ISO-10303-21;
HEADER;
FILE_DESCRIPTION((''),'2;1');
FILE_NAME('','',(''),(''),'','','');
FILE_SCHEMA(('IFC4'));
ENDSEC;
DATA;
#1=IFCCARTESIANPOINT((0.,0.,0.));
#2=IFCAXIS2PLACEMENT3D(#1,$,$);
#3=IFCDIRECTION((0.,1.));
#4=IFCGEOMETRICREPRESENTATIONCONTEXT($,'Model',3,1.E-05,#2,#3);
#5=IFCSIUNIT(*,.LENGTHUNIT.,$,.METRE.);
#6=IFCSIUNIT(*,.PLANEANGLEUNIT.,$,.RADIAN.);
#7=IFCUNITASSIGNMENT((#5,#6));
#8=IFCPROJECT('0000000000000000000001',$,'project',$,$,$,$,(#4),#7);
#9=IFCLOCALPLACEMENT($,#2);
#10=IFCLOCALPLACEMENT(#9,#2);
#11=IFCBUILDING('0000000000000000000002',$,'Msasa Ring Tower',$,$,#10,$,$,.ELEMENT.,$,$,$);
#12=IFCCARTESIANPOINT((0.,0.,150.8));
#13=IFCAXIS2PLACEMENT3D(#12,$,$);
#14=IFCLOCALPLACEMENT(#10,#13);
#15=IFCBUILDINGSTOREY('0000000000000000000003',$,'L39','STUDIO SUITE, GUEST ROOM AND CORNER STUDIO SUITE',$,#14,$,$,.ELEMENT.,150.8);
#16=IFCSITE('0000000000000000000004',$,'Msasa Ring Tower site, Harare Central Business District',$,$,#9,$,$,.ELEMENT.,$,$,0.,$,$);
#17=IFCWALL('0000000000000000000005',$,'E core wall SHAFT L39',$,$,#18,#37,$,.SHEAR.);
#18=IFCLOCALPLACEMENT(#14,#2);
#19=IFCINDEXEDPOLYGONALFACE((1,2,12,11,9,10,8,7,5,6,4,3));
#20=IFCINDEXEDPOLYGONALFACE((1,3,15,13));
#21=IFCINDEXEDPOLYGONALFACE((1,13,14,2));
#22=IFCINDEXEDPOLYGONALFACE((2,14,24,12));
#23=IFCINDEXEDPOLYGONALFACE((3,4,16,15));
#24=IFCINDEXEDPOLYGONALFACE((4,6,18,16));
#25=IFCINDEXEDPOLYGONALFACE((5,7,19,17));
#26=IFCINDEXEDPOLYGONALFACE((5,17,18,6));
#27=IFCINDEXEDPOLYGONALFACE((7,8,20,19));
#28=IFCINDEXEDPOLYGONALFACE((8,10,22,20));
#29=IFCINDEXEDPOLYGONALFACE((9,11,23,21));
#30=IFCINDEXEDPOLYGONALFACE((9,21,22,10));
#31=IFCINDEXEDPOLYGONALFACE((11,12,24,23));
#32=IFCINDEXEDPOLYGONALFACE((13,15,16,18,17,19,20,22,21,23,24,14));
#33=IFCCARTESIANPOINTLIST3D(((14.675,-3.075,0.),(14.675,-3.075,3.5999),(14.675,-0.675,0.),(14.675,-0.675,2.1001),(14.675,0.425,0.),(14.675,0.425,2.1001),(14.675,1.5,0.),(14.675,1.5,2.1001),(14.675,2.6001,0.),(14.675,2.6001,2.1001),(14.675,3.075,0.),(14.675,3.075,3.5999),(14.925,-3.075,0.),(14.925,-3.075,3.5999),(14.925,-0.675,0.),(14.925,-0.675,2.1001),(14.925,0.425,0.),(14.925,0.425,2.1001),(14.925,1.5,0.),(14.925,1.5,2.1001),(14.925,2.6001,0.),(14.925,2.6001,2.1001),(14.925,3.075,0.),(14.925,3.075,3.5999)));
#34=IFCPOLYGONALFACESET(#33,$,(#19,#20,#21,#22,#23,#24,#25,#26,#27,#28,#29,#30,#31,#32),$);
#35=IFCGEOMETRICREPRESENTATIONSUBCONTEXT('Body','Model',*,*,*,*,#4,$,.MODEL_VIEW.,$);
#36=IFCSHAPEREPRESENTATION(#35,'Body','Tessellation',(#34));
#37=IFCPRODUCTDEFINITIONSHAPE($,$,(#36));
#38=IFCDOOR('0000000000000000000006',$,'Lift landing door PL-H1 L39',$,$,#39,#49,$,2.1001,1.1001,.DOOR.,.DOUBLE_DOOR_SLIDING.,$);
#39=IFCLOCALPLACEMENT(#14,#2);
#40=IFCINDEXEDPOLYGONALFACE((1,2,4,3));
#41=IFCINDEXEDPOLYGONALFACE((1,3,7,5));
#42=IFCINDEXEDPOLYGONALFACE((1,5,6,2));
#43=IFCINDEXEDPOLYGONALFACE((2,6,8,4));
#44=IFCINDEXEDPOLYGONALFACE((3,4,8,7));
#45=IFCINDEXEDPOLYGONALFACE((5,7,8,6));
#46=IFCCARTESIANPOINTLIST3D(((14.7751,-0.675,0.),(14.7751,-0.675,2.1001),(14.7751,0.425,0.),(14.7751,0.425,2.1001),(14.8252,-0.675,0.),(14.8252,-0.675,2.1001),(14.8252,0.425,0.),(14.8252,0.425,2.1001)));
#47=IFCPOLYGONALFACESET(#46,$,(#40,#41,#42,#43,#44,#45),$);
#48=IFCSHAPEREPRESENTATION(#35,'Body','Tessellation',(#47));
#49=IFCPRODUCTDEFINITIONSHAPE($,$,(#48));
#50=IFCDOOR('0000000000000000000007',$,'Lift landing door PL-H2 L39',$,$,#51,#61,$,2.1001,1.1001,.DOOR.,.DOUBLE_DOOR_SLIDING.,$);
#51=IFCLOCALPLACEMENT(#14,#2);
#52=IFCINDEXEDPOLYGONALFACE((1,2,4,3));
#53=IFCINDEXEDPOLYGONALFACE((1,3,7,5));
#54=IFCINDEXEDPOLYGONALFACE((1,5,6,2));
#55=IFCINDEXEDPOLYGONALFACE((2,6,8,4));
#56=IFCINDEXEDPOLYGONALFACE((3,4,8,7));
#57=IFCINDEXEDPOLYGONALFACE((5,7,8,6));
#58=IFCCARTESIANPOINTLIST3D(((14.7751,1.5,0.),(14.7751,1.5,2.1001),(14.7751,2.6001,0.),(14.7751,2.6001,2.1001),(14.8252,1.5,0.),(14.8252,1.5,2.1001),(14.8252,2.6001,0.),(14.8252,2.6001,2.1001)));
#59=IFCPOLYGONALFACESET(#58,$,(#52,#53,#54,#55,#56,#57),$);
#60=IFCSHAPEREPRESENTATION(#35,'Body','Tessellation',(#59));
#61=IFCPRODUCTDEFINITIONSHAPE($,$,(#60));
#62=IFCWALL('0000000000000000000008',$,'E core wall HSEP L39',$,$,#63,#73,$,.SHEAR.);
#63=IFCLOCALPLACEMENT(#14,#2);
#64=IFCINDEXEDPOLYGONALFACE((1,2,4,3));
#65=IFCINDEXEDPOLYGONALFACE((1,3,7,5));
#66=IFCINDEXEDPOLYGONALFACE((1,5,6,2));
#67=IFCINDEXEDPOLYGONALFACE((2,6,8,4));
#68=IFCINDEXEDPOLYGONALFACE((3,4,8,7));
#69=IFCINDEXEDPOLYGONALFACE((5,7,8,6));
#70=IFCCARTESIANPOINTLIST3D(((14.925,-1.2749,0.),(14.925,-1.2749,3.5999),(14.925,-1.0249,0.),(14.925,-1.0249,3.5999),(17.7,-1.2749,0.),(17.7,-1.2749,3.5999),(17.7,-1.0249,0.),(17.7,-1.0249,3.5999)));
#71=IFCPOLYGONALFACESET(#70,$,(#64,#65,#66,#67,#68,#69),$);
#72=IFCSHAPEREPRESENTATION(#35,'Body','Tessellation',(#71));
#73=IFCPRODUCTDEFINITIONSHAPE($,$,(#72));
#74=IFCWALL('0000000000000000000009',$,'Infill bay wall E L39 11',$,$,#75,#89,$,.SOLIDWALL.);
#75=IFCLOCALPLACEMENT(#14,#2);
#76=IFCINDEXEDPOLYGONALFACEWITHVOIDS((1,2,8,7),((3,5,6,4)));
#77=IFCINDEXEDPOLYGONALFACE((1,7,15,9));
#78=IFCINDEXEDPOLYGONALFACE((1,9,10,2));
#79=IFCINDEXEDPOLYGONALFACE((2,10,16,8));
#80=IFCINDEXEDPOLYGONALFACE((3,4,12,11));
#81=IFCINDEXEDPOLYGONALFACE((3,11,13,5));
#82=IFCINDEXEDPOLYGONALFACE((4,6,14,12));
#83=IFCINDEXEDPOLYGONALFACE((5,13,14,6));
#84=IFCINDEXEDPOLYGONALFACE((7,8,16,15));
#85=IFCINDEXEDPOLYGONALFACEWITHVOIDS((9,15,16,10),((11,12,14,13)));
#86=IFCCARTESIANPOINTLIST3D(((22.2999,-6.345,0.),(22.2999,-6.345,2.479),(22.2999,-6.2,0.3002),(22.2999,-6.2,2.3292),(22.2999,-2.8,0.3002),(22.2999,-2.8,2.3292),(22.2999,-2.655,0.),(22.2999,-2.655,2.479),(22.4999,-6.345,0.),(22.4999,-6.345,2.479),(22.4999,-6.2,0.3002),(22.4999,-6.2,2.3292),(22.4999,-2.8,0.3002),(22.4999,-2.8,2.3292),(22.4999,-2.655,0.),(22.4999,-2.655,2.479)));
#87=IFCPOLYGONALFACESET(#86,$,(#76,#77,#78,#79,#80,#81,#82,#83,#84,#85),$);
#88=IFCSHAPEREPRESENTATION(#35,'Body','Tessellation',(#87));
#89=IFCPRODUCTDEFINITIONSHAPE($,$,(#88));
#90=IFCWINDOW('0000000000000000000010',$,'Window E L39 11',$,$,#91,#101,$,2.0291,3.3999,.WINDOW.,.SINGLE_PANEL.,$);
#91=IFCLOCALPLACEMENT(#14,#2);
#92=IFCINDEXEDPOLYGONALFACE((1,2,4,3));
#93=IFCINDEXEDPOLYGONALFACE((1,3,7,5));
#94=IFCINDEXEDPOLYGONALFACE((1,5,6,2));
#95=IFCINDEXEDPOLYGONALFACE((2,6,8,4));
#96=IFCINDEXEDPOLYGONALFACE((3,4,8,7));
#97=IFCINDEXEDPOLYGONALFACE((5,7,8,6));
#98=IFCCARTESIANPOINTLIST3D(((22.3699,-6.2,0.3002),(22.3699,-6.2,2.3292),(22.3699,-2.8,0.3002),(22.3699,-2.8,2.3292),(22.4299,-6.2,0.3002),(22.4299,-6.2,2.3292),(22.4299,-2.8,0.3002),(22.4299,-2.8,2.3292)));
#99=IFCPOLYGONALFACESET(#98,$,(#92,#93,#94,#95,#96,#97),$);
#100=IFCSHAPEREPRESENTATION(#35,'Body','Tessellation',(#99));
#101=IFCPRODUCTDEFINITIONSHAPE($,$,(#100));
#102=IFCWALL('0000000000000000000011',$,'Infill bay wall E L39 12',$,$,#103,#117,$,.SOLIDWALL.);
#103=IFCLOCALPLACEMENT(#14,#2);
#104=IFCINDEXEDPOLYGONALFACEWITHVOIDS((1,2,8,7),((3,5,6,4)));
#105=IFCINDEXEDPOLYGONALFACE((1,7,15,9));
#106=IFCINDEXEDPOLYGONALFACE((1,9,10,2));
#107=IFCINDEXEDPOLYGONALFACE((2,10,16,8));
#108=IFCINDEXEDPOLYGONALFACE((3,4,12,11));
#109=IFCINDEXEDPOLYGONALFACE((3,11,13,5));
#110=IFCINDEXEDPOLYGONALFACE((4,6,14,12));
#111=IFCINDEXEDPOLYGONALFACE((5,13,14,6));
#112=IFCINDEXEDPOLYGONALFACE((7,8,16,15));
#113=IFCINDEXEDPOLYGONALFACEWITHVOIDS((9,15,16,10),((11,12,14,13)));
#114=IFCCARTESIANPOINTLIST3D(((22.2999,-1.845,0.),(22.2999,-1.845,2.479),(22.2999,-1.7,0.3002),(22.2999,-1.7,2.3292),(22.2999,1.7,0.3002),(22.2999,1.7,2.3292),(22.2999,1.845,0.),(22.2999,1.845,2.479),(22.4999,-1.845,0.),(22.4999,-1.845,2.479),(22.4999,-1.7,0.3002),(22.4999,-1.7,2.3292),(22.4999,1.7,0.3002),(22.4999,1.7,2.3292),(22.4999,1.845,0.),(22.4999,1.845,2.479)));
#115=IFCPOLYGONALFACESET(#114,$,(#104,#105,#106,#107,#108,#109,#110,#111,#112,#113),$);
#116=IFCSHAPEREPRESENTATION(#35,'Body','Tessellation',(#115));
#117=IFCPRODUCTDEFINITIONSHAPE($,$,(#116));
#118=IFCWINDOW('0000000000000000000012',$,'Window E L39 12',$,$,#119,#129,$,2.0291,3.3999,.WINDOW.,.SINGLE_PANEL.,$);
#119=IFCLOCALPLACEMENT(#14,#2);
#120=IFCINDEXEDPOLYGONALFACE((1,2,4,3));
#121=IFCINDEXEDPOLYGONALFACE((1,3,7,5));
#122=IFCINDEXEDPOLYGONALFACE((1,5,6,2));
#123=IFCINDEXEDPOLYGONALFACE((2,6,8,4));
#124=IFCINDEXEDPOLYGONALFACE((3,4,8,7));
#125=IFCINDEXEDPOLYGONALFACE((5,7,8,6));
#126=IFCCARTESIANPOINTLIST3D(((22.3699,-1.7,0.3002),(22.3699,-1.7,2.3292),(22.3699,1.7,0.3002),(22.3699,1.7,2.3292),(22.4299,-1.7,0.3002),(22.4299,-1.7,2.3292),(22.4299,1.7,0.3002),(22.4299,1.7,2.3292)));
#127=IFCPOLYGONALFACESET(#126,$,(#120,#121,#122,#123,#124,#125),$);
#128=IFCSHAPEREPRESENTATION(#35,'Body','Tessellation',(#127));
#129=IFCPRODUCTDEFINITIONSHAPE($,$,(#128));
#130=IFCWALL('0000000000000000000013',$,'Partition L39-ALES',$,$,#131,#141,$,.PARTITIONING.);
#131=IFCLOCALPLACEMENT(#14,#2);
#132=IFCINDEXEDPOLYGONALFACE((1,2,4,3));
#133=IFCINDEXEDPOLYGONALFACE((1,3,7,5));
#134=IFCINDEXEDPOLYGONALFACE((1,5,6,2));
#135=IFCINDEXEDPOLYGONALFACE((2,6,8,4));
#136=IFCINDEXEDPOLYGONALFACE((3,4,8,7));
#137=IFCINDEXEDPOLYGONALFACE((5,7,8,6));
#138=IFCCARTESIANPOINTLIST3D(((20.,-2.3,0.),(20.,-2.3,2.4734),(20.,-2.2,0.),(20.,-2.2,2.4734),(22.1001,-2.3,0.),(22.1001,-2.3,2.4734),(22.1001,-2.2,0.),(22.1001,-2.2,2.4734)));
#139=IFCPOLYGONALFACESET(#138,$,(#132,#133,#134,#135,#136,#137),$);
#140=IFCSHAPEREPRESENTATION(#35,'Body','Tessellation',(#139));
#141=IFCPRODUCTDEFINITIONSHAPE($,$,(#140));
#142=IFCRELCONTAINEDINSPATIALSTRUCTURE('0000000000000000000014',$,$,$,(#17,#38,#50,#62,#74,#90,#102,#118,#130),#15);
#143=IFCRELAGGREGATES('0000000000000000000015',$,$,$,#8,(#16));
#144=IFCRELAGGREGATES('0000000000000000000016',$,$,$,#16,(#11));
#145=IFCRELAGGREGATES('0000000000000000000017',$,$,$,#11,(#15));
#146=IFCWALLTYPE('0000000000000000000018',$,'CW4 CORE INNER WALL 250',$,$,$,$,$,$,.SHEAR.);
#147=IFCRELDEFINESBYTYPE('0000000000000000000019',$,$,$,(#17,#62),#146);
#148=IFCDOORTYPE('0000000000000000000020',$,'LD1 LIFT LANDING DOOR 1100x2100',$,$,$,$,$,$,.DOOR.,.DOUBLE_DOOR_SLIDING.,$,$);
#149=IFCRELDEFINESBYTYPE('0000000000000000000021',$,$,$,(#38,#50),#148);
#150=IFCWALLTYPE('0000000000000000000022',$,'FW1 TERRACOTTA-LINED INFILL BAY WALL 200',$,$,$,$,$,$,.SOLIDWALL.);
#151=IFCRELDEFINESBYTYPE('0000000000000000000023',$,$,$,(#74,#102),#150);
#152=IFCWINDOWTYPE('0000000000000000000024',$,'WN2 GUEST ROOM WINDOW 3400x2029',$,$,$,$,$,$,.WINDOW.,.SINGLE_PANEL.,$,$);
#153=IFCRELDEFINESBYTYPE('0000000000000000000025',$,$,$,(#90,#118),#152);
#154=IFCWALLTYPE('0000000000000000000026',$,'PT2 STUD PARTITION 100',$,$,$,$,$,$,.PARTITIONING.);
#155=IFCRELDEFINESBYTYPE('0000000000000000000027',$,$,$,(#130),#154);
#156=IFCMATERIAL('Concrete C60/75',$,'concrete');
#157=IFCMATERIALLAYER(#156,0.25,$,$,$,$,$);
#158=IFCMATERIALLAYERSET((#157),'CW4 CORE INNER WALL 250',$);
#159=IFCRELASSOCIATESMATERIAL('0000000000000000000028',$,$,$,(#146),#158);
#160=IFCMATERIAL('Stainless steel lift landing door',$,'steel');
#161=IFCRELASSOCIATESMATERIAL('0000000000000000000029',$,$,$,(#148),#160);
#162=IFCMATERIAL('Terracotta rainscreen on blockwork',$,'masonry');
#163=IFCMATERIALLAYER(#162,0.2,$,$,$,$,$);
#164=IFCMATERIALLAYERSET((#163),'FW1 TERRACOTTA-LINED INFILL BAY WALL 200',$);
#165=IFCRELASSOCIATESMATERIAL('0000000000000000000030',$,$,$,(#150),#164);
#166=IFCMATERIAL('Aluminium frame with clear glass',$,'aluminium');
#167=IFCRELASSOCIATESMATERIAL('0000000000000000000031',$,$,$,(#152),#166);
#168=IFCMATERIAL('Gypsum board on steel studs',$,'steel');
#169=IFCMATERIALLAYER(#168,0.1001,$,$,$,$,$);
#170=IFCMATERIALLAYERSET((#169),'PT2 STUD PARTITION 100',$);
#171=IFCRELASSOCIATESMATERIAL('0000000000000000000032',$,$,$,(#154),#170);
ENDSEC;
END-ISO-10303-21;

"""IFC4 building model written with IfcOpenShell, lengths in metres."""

from ifc_helpers import new_model, si_unit, direction, frame, frame_2d, origin, place, context, subcontext, project, spatial, rectangle, extrude, material, layer, layer_set, type_object, element, fill, save


model = new_model("IFC4")

# Units and contexts
model_context = context("Model", 3, precision=1e-05, world=origin(), true_north=direction((0.0, 1.0)))
body_context = subcontext(model_context, "Body", "Model", "MODEL_VIEW")
ifc_project = project(units=[si_unit("LENGTHUNIT", "METRE"), si_unit("PLANEANGLEUNIT", "RADIAN")], contexts=[model_context])

# Site, building, storey
site_placement = place(None, origin())
site = spatial("IfcSite", under=ifc_project, at=site_placement, Name="Msasa Ring Tower site, Harare Central Business District", CompositionType="ELEMENT", RefElevation=0.0)
building_placement = place(site_placement, origin())
building = spatial("IfcBuilding", under=site, at=building_placement, Name="Msasa Ring Tower", CompositionType="ELEMENT")
storey_placement = place(building_placement, frame((0.0, 0.0, 150.8)))
storey = spatial("IfcBuildingStorey", under=building, at=storey_placement, Name="L39", Description="STUDIO SUITE, GUEST ROOM AND CORNER STUDIO SUITE", CompositionType="ELEMENT", Elevation=150.8)

# Shared definitions
ifc_material_1 = material(Name="Concrete C60/75", Category="concrete")
ifc_layer_1 = layer(ifc_material_1, 0.25)
ifc_layer_set_1 = layer_set([ifc_layer_1], Name="CW4 CORE INNER WALL 250")
wall_type_1 = type_object("IfcWallType", Name="CW4 CORE INNER WALL 250", PredefinedType="SHEAR", material=ifc_layer_set_1)

# Wall, openings, doors
wall_1_placement = place(storey_placement, frame((14.8, -3.075, 0.0), z_axis=(0.0, 0.0, 1.0), x_axis=(0.0, 1.0, 0.0)))
wall_1 = element("IfcWall", 1, at=wall_1_placement, inside=storey, type_object=wall_type_1, Name="E core wall SHAFT L39", PredefinedType="SHEAR", context=body_context, shape_type="SweptSolid", body=[
    extrude(rectangle(XDim=6.1499, YDim=0.25, at=frame_2d((3.075, 0.0))), origin(), (0.0, 0.0, 1.0), 3.5999),
])
opening_1_placement = place(wall_1_placement, frame((2.3999, 0.0, 0.0)))
opening_1 = element("IfcOpeningElement", 2, at=opening_1_placement, cuts=wall_1, PredefinedType="OPENING", context=body_context, shape_type="SweptSolid", body=[
    extrude(rectangle(XDim=1.1001, YDim=2.1001, at=frame_2d((0.55, 1.05))), frame((0.0, 0.135, 0.0), z_axis=(0.0, -1.0, 0.0), x_axis=(1.0, 0.0, 0.0)), (0.0, 0.0, 1.0), 0.27),
])
opening_2_placement = place(wall_1_placement, frame((4.575, 0.0, 0.0)))
opening_2 = element("IfcOpeningElement", 3, at=opening_2_placement, cuts=wall_1, PredefinedType="OPENING", context=body_context, shape_type="SweptSolid", body=[
    extrude(rectangle(XDim=1.1001, YDim=2.1001, at=frame_2d((0.55, 1.05))), frame((0.0, 0.135, 0.0), z_axis=(0.0, -1.0, 0.0), x_axis=(1.0, 0.0, 0.0)), (0.0, 0.0, 1.0), 0.27),
])
ifc_material_2 = material(Name="Stainless steel lift landing door", Category="steel")
door_type = type_object("IfcDoorType", Name="LD1 LIFT LANDING DOOR 1100x2100", OperationType="DOUBLE_DOOR_SLIDING", PredefinedType="DOOR", material=ifc_material_2)
door_1_placement = place(opening_1_placement, origin())
door_1 = element("IfcDoor", 4, at=door_1_placement, inside=storey, type_object=door_type, Name="Lift landing door PL-H1 L39", OperationType="DOUBLE_DOOR_SLIDING", OverallHeight=2.1001, OverallWidth=1.1001, PredefinedType="DOOR", context=body_context, shape_type="SweptSolid", body=[
    extrude(rectangle(XDim=1.1001, YDim=2.1001, at=frame_2d((0.55, 1.05))), frame((0.0, 0.0249, 0.0), z_axis=(0.0, -1.0, 0.0), x_axis=(1.0, 0.0, 0.0)), (0.0, 0.0, 1.0), 0.05),
])
fill(opening_1, door_1)
door_2_placement = place(opening_2_placement, origin())
door_2 = element("IfcDoor", 5, at=door_2_placement, inside=storey, type_object=door_type, Name="Lift landing door PL-H2 L39", OperationType="DOUBLE_DOOR_SLIDING", OverallHeight=2.1001, OverallWidth=1.1001, PredefinedType="DOOR", context=body_context, shape_type="SweptSolid", body=[
    extrude(rectangle(XDim=1.1001, YDim=2.1001, at=frame_2d((0.55, 1.05))), frame((0.0, 0.0249, 0.0), z_axis=(0.0, -1.0, 0.0), x_axis=(1.0, 0.0, 0.0)), (0.0, 0.0, 1.0), 0.05),
])
fill(opening_2, door_2)

# Wall
wall_2_placement = place(storey_placement, frame((14.925, -1.1499, 0.0), z_axis=(0.0, 0.0, 1.0), x_axis=(1.0, 0.0, 0.0)))
element("IfcWall", 6, at=wall_2_placement, inside=storey, type_object=wall_type_1, Name="E core wall HSEP L39", PredefinedType="SHEAR", context=body_context, shape_type="SweptSolid", body=[
    extrude(rectangle(XDim=2.7749, YDim=0.25, at=frame_2d((1.3875, 0.0))), origin(), (0.0, 0.0, 1.0), 3.5999),
])

# Walls, openings, windows
ifc_material_3 = material(Name="Terracotta rainscreen on blockwork", Category="masonry")
ifc_layer_2 = layer(ifc_material_3, 0.2)
ifc_layer_set_2 = layer_set([ifc_layer_2], Name="FW1 TERRACOTTA-LINED INFILL BAY WALL 200")
wall_type_2 = type_object("IfcWallType", Name="FW1 TERRACOTTA-LINED INFILL BAY WALL 200", PredefinedType="SOLIDWALL", material=ifc_layer_set_2)
wall_3_placement = place(storey_placement, frame((22.3999, -6.345, 0.0), z_axis=(0.0, 0.0, 1.0), x_axis=(0.0, 1.0, 0.0)))
wall_3 = element("IfcWall", 7, at=wall_3_placement, inside=storey, type_object=wall_type_2, Name="Infill bay wall E L39 11", PredefinedType="SOLIDWALL", context=body_context, shape_type="SweptSolid", body=[
    extrude(rectangle(XDim=3.6899, YDim=0.2, at=frame_2d((1.845, 0.0))), origin(), (0.0, 0.0, 1.0), 2.479),
])
opening_3_placement = place(wall_3_placement, frame((0.145, 0.0, 0.3)))
opening_3 = element("IfcOpeningElement", 8, at=opening_3_placement, cuts=wall_3, PredefinedType="OPENING", context=body_context, shape_type="SweptSolid", body=[
    extrude(rectangle(XDim=3.3999, YDim=2.0291, at=frame_2d((1.7, 1.0146))), frame((0.0, 0.1099, 0.0), z_axis=(0.0, -1.0, 0.0), x_axis=(1.0, 0.0, 0.0)), (0.0, 0.0, 1.0), 0.22),
])
ifc_material_4 = material(Name="Aluminium frame with clear glass", Category="aluminium")
window_type = type_object("IfcWindowType", Name="WN2 GUEST ROOM WINDOW 3400x2029", PartitioningType="SINGLE_PANEL", PredefinedType="WINDOW", material=ifc_material_4)
window_1_placement = place(opening_3_placement, origin())
window_1 = element("IfcWindow", 9, at=window_1_placement, inside=storey, type_object=window_type, Name="Window E L39 11", OverallHeight=2.0291, OverallWidth=3.3999, PartitioningType="SINGLE_PANEL", PredefinedType="WINDOW", context=body_context, shape_type="SweptSolid", body=[
    extrude(rectangle(XDim=3.3999, YDim=2.0291, at=frame_2d((1.7, 1.0146))), frame((0.0, 0.03, 0.0), z_axis=(0.0, -1.0, 0.0), x_axis=(1.0, 0.0, 0.0)), (0.0, 0.0, 1.0), 0.0601),
])
fill(opening_3, window_1)
wall_4_placement = place(storey_placement, frame((22.3999, -1.845, 0.0), z_axis=(0.0, 0.0, 1.0), x_axis=(0.0, 1.0, 0.0)))
wall_4 = element("IfcWall", 10, at=wall_4_placement, inside=storey, type_object=wall_type_2, Name="Infill bay wall E L39 12", PredefinedType="SOLIDWALL", context=body_context, shape_type="SweptSolid", body=[
    extrude(rectangle(XDim=3.6899, YDim=0.2, at=frame_2d((1.845, 0.0))), origin(), (0.0, 0.0, 1.0), 2.479),
])
opening_4_placement = place(wall_4_placement, frame((0.145, 0.0, 0.3)))
opening_4 = element("IfcOpeningElement", 11, at=opening_4_placement, cuts=wall_4, PredefinedType="OPENING", context=body_context, shape_type="SweptSolid", body=[
    extrude(rectangle(XDim=3.3999, YDim=2.0291, at=frame_2d((1.7, 1.0146))), frame((0.0, 0.1099, 0.0), z_axis=(0.0, -1.0, 0.0), x_axis=(1.0, 0.0, 0.0)), (0.0, 0.0, 1.0), 0.22),
])
window_2_placement = place(opening_4_placement, origin())
window_2 = element("IfcWindow", 12, at=window_2_placement, inside=storey, type_object=window_type, Name="Window E L39 12", OverallHeight=2.0291, OverallWidth=3.3999, PartitioningType="SINGLE_PANEL", PredefinedType="WINDOW", context=body_context, shape_type="SweptSolid", body=[
    extrude(rectangle(XDim=3.3999, YDim=2.0291, at=frame_2d((1.7, 1.0146))), frame((0.0, 0.03, 0.0), z_axis=(0.0, -1.0, 0.0), x_axis=(1.0, 0.0, 0.0)), (0.0, 0.0, 1.0), 0.0601),
])
fill(opening_4, window_2)

# Wall
ifc_material_5 = material(Name="Gypsum board on steel studs", Category="steel")
ifc_layer_3 = layer(ifc_material_5, 0.1001)
ifc_layer_set_3 = layer_set([ifc_layer_3], Name="PT2 STUD PARTITION 100")
wall_type_3 = type_object("IfcWallType", Name="PT2 STUD PARTITION 100", PredefinedType="PARTITIONING", material=ifc_layer_set_3)
wall_5_placement = place(storey_placement, frame((20.0, -2.25, 0.0), z_axis=(0.0, 0.0, 1.0), x_axis=(1.0, 0.0, 0.0)))
element("IfcWall", 13, at=wall_5_placement, inside=storey, type_object=wall_type_3, Name="Partition L39-ALES", PredefinedType="PARTITIONING", context=body_context, shape_type="SweptSolid", body=[
    extrude(rectangle(XDim=2.1001, YDim=0.1001, at=frame_2d((1.05, 0.0))), origin(), (0.0, 0.0, 1.0), 2.4734),
])

save(model, "model.ifc")
